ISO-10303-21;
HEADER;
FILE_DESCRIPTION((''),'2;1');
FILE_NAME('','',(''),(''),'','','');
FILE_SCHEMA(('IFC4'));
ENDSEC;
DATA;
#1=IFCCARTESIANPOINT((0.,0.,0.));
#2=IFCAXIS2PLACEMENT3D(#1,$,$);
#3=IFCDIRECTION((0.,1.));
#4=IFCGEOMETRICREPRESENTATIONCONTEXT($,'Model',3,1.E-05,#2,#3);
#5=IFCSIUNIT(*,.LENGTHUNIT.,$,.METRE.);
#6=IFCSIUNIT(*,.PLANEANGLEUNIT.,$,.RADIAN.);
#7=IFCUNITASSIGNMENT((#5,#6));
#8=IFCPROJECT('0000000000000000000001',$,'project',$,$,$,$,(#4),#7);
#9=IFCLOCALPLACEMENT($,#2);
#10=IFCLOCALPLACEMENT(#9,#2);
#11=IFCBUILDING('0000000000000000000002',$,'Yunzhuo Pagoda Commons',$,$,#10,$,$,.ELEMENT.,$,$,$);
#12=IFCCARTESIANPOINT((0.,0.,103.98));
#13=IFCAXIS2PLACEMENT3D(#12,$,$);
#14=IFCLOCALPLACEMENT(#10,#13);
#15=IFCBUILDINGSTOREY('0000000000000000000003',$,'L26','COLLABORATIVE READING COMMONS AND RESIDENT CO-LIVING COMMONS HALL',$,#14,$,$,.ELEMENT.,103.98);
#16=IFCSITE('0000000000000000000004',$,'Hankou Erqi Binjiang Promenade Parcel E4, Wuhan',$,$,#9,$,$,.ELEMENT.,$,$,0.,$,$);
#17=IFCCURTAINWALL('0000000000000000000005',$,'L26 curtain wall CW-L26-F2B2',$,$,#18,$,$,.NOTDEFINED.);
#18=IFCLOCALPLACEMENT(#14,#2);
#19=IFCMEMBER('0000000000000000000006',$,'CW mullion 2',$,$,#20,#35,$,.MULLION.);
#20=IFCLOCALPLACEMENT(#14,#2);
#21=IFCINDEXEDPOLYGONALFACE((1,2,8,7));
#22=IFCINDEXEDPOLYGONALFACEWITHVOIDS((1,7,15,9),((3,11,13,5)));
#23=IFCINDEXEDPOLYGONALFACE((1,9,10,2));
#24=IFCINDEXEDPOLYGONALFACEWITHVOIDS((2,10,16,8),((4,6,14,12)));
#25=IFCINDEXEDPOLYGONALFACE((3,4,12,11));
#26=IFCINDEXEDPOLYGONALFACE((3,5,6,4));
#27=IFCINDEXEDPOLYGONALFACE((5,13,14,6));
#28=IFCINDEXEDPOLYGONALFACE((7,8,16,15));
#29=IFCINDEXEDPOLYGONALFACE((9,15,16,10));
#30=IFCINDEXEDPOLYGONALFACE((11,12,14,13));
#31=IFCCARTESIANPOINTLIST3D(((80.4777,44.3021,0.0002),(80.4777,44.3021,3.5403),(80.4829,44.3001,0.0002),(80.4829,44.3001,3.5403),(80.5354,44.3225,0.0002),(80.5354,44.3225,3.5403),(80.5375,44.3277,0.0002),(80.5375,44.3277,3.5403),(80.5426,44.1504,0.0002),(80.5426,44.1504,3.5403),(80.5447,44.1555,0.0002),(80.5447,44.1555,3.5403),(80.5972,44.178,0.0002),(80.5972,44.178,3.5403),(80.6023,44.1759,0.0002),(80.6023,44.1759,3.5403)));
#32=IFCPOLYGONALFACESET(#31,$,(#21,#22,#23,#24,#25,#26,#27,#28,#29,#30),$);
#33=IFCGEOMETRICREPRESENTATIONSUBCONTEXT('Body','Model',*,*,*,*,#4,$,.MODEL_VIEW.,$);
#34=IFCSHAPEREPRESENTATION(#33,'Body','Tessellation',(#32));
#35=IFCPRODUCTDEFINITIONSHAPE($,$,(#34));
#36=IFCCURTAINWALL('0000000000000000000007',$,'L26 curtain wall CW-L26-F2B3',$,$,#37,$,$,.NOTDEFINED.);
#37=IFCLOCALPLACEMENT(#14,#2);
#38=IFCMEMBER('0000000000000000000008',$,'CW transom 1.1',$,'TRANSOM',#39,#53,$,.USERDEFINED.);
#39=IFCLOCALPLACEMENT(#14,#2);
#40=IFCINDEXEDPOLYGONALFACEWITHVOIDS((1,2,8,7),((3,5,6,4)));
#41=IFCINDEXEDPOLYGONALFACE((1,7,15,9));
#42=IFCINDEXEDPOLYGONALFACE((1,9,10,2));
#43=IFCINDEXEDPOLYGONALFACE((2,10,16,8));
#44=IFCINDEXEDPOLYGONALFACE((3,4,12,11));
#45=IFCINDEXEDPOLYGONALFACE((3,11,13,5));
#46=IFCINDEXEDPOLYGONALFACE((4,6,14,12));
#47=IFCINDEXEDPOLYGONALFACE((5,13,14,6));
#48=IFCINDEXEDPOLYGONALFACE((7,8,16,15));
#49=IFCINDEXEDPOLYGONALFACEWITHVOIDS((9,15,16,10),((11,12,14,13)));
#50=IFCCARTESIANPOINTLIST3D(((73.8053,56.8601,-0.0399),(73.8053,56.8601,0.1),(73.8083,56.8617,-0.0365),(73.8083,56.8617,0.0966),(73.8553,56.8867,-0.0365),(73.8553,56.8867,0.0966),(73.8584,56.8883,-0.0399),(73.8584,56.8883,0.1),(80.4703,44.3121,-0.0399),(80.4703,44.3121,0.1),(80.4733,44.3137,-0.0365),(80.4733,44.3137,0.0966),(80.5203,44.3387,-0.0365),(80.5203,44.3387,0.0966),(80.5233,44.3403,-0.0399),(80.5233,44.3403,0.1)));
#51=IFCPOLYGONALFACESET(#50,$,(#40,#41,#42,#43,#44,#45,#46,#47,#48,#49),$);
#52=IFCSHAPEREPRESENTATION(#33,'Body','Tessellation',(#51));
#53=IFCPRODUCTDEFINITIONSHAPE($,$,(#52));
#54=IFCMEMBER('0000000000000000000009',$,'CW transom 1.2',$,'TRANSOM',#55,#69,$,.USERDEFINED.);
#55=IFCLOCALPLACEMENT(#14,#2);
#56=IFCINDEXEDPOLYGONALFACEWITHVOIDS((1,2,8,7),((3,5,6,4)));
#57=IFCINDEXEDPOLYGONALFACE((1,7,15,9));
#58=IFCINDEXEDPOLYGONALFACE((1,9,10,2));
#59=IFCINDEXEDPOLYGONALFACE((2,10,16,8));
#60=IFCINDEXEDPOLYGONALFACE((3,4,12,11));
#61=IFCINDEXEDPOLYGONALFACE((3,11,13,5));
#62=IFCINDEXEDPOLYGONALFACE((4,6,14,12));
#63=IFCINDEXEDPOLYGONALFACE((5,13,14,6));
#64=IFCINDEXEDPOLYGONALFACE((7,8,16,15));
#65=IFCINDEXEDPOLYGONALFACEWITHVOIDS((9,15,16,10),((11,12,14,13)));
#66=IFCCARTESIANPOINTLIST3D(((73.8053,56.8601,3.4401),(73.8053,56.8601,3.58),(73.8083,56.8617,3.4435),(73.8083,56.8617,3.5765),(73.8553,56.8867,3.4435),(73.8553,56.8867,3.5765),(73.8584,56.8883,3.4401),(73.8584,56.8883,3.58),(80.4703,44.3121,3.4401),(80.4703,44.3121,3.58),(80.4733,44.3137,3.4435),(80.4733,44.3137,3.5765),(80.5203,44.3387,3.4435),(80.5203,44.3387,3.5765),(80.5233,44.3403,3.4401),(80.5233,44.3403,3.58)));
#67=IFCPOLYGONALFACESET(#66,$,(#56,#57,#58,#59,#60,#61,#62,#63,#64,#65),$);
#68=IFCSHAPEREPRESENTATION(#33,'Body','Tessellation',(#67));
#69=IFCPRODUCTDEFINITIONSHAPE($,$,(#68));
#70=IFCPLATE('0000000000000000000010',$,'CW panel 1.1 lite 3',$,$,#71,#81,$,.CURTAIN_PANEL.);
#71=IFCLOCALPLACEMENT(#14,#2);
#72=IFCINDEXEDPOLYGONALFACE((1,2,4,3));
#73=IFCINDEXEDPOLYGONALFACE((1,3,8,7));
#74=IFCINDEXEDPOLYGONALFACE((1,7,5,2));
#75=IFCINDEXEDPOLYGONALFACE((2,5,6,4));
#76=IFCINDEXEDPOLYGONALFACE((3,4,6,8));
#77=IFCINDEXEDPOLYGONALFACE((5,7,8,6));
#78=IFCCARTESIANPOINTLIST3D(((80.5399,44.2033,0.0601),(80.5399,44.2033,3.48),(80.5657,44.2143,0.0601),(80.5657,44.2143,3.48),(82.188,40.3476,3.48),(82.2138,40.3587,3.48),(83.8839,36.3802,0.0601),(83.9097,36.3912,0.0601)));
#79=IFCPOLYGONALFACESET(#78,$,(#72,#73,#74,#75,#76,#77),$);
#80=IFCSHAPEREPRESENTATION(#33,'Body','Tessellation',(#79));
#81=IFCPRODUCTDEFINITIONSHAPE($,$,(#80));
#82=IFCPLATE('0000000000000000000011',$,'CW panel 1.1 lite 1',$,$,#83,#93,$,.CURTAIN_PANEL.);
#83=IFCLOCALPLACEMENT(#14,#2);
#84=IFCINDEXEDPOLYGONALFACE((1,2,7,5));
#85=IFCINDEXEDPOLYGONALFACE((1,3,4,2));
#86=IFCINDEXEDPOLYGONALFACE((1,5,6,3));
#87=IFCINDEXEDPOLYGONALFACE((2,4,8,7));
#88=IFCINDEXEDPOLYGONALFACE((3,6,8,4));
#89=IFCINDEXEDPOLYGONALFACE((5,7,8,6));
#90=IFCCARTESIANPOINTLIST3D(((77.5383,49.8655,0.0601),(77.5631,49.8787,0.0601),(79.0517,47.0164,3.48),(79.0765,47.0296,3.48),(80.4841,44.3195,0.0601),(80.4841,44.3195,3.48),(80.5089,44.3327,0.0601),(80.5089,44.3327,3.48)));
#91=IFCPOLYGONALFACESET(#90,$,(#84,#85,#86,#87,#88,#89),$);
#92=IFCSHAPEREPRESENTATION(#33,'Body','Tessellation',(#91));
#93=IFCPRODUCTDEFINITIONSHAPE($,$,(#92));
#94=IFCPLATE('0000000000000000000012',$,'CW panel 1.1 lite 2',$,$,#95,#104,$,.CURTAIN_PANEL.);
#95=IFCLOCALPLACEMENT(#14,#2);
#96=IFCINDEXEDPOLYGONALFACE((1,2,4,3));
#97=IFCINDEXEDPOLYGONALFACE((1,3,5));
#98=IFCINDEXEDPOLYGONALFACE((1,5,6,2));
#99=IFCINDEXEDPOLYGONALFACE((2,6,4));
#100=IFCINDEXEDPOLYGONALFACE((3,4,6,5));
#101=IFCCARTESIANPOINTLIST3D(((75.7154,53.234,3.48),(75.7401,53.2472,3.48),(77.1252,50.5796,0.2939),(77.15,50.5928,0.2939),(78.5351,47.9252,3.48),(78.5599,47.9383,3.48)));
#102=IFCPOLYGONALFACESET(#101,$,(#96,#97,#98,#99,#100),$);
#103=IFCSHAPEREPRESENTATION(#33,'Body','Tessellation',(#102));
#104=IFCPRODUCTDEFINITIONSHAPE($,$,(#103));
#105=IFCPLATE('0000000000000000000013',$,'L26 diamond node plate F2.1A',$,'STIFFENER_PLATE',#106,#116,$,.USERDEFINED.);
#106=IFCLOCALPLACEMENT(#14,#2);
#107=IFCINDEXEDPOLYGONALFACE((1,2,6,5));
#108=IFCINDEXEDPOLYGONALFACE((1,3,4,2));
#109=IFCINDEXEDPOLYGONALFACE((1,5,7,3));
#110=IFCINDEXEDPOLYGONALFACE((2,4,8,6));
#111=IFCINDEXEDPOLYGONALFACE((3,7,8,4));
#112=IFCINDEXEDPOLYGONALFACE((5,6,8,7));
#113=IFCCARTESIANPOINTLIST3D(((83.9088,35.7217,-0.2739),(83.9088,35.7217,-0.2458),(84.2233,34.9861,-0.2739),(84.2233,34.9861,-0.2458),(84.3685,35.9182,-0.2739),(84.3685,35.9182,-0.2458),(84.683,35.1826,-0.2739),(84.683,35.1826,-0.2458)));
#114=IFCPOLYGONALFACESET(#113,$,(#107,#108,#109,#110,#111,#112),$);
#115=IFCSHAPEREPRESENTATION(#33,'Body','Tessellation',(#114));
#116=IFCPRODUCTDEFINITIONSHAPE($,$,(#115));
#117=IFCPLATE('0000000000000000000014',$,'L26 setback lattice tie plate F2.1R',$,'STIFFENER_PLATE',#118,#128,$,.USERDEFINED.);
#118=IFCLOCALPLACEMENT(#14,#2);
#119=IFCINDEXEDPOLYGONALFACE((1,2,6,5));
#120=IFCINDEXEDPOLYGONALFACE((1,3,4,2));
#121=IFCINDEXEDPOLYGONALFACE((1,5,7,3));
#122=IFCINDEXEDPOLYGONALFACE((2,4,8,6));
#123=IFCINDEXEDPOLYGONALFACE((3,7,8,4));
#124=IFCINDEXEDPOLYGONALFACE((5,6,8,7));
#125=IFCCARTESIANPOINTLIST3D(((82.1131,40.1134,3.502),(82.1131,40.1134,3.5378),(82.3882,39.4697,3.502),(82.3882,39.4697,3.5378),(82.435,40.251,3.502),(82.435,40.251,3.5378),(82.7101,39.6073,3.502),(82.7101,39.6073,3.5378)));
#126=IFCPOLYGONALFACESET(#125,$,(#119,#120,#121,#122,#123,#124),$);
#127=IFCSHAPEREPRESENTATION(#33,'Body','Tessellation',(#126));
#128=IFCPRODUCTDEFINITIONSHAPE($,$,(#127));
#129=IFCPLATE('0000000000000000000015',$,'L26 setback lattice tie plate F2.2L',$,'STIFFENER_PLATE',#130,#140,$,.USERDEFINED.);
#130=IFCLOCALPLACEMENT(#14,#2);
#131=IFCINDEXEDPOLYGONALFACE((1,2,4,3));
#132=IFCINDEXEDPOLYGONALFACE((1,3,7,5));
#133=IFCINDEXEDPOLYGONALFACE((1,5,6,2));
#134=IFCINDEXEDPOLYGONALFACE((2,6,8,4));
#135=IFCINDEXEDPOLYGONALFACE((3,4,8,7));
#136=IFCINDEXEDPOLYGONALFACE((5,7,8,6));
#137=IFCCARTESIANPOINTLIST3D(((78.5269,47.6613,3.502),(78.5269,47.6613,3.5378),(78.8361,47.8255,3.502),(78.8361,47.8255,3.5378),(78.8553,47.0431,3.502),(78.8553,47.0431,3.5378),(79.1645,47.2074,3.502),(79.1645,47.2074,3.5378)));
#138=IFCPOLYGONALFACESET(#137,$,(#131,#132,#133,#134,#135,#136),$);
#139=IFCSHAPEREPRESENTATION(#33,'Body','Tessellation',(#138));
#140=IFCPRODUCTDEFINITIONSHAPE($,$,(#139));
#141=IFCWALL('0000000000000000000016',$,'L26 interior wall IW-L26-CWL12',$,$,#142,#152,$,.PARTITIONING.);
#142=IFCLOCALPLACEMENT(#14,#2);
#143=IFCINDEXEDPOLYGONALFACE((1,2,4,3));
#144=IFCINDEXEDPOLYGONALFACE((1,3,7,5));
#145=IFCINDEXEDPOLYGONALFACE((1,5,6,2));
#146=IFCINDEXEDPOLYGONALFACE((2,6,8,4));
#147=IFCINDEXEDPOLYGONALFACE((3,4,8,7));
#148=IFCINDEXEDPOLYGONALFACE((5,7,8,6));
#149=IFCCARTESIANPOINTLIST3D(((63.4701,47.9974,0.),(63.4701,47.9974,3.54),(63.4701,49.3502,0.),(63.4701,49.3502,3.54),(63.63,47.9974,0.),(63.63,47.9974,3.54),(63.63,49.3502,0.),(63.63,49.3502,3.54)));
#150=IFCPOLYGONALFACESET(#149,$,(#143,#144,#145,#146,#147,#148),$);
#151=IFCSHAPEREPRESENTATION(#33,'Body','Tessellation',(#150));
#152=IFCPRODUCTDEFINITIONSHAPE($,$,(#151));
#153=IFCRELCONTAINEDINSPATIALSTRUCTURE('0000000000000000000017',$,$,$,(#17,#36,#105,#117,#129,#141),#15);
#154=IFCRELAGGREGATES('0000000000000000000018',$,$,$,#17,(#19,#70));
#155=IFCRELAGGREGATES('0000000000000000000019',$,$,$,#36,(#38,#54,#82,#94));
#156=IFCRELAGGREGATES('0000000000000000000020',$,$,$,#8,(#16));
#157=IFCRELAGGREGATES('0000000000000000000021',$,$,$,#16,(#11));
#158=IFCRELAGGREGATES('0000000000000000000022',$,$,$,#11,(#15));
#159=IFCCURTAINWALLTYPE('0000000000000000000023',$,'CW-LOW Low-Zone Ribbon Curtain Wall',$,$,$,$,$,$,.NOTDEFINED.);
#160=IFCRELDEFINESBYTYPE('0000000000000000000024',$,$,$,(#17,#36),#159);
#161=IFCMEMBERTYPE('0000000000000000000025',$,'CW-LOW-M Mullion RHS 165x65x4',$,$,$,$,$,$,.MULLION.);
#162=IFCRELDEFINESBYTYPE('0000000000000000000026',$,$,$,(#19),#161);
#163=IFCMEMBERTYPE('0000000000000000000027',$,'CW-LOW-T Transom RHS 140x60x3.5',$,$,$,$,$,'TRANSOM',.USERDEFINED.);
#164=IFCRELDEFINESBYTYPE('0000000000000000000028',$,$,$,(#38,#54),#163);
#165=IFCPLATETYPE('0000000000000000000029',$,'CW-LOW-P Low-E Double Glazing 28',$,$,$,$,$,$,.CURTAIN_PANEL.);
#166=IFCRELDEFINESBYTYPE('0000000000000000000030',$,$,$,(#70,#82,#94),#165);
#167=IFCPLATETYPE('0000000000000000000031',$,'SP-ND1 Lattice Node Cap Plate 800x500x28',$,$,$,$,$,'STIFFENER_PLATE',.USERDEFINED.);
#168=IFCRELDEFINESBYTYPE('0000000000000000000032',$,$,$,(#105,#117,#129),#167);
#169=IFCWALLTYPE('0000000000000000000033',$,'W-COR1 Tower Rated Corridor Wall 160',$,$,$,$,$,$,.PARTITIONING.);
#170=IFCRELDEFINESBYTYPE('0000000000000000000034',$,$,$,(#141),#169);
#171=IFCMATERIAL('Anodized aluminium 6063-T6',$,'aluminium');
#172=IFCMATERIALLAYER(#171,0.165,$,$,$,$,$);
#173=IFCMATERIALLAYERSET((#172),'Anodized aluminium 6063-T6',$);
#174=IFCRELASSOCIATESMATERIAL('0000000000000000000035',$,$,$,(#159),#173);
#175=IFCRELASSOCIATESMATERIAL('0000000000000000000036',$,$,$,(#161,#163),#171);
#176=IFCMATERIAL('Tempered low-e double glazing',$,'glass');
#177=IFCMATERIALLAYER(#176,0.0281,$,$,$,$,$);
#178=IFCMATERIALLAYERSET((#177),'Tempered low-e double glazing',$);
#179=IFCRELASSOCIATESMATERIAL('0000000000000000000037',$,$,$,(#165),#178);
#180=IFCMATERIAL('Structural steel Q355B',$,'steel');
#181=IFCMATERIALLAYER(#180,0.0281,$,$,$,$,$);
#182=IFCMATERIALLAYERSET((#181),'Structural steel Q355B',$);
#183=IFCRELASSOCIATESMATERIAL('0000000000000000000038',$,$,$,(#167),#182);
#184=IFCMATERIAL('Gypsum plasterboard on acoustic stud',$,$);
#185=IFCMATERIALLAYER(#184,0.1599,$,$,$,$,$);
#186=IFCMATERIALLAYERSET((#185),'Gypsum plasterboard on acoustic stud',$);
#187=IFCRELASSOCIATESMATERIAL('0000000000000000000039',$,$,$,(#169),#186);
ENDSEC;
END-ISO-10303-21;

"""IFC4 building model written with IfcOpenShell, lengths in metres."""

from ifc_helpers import new_model, si_unit, direction, frame, frame_2d, origin, origin_2d, place, context, subcontext, project, spatial, polyline, rectangle, hollow_rectangle, outline, extrude, source, transform, mapped, material, layer, layer_set, material_profile, profile_set, type_object, element, aggregate, save


model = new_model("IFC4")

# Units and contexts
model_context = context("Model", 3, precision=1e-05, world=origin(), true_north=direction((0.0, 1.0)))
body_context = subcontext(model_context, "Body", "Model", "MODEL_VIEW")
ifc_project = project(units=[si_unit("LENGTHUNIT", "METRE"), si_unit("PLANEANGLEUNIT", "RADIAN")], contexts=[model_context])

# Site, building, storey
site_placement = place(None, origin())
site = spatial("IfcSite", under=ifc_project, at=site_placement, Name="Hankou Erqi Binjiang Promenade Parcel E4, Wuhan", CompositionType="ELEMENT", RefElevation=0.0)
building_placement = place(site_placement, origin())
building = spatial("IfcBuilding", under=site, at=building_placement, Name="Yunzhuo Pagoda Commons", CompositionType="ELEMENT")
storey_placement = place(building_placement, frame((0.0, 0.0, 103.98)))
storey = spatial("IfcBuildingStorey", under=building, at=storey_placement, Name="L26", Description="COLLABORATIVE READING COMMONS AND RESIDENT CO-LIVING COMMONS HALL", CompositionType="ELEMENT", Elevation=103.98)

# Shared definitions
ifc_material_1 = material(Name="Structural steel Q355B", Category="steel")

# Curtain wall, member
ifc_material_2 = material(Name="Anodized aluminium 6063-T6", Category="aluminium")
ifc_layer_1 = layer(ifc_material_2, 0.165)
ifc_layer_set_1 = layer_set([ifc_layer_1], Name="Anodized aluminium 6063-T6")
curtain_wall_type = type_object("IfcCurtainWallType", Name="CW-LOW Low-Zone Ribbon Curtain Wall", PredefinedType="NOTDEFINED", material=ifc_layer_set_1)
curtain_wall_1_placement = place(storey_placement, origin())
curtain_wall_1 = element("IfcCurtainWall", 1, at=curtain_wall_1_placement, inside=storey, type_object=curtain_wall_type, Name="L26 curtain wall CW-L26-F2B2", PredefinedType="NOTDEFINED")
ifc_material_profile_1 = material_profile(ifc_material_2, hollow_rectangle(XDim=0.0649, YDim=0.165, WallThickness=0.0039, at=origin_2d()), Name="Anodized aluminium 6063-T6")
ifc_profile_set_1 = profile_set([ifc_material_profile_1], Name="Anodized aluminium 6063-T6")
member_type_1 = type_object("IfcMemberType", Name="CW-LOW-M Mullion RHS 165x65x4", PredefinedType="MULLION", material=ifc_profile_set_1)
shared_shape_1 = source(origin(), body_context, "Body", "SweptSolid", [
    extrude(hollow_rectangle(XDim=0.0649, YDim=0.165, WallThickness=0.0039, at=origin_2d()), origin(), (0.0, 0.0, 1.0), 3.54),
])
member_1_placement = place(storey_placement, frame((80.54, 44.239, 0.0002), z_axis=(0.0, 0.0, 1.0), x_axis=(-0.919516, -0.393052, 0.0)))
member_1 = element("IfcMember", 2, at=member_1_placement, type_object=member_type_1, Name="CW mullion 2", PredefinedType="MULLION", context=body_context, shape_type="MappedRepresentation", body=[
    mapped(shared_shape_1, transform((0.0, 0.0, 0.0), scale=1.0)),
])

# Curtain wall, members
curtain_wall_2_placement = place(storey_placement, origin())
curtain_wall_2 = element("IfcCurtainWall", 3, at=curtain_wall_2_placement, inside=storey, type_object=curtain_wall_type, Name="L26 curtain wall CW-L26-F2B3", PredefinedType="NOTDEFINED")
ifc_material_profile_2 = material_profile(ifc_material_2, hollow_rectangle(XDim=0.0601, YDim=0.1399, WallThickness=0.0034, at=origin_2d()), Name="Anodized aluminium 6063-T6")
ifc_profile_set_2 = profile_set([ifc_material_profile_2], Name="Anodized aluminium 6063-T6")
member_type_2 = type_object("IfcMemberType", Name="CW-LOW-T Transom RHS 140x60x3.5", ElementType="TRANSOM", PredefinedType="USERDEFINED", material=ifc_profile_set_2)
shared_shape_2 = source(origin(), body_context, "Body", "SweptSolid", [
    extrude(hollow_rectangle(XDim=0.0601, YDim=0.1399, WallThickness=0.0034, at=origin_2d()), origin(), (0.0, 0.0, 1.0), 14.2083),
])
member_2_placement = place(storey_placement, frame((80.4968, 44.3262, 0.03), z_axis=(-0.469093, 0.883149, 0.0), x_axis=(-0.883149, -0.469093, 0.0)))
member_2 = element("IfcMember", 4, at=member_2_placement, type_object=member_type_2, Name="CW transom 1.1", ObjectType="TRANSOM", PredefinedType="USERDEFINED", context=body_context, shape_type="MappedRepresentation", body=[
    mapped(shared_shape_2, transform((0.0, 0.0, 0.0), scale=1.0)),
])
member_3_placement = place(storey_placement, frame((80.4968, 44.3262, 3.51), z_axis=(-0.469093, 0.883149, 0.0), x_axis=(-0.883149, -0.469093, 0.0)))
member_3 = element("IfcMember", 5, at=member_3_placement, type_object=member_type_2, Name="CW transom 1.2", ObjectType="TRANSOM", PredefinedType="USERDEFINED", context=body_context, shape_type="MappedRepresentation", body=[
    mapped(shared_shape_2, transform((0.0, 0.0, 0.0), scale=1.0)),
])

# Plates
ifc_material_3 = material(Name="Tempered low-e double glazing", Category="glass")
ifc_layer_2 = layer(ifc_material_3, 0.0281)
ifc_layer_set_2 = layer_set([ifc_layer_2], Name="Tempered low-e double glazing")
plate_type_1 = type_object("IfcPlateType", Name="CW-LOW-P Low-E Double Glazing 28", PredefinedType="CURTAIN_PANEL", material=ifc_layer_set_2)
plate_1_placement = place(storey_placement, frame((82.2119, 40.2917, 1.77), z_axis=(0.919516, 0.393052, 0.0), x_axis=(-0.393052, 0.919516, 0.0)))
plate_1 = element("IfcPlate", 6, at=plate_1_placement, type_object=plate_type_1, Name="CW panel 1.1 lite 3", PredefinedType="CURTAIN_PANEL", context=body_context, shape_type="SweptSolid", body=[
    extrude(outline(polyline([(-4.2539, -1.71), (4.2539, -1.71), (4.2539, 1.71), (0.0608, 1.71), (-4.2539, -1.71)])), origin(), (0.0, 0.0, 1.0), 0.0281),
])
aggregate(curtain_wall_1, [member_1, plate_1])
plate_2_placement = place(storey_placement, frame((79.0112, 47.0925, 1.77), z_axis=(0.883152, 0.469086, 0.0), x_axis=(-0.469086, 0.883152, 0.0)))
plate_2 = element("IfcPlate", 7, at=plate_2_placement, type_object=plate_type_1, Name="CW panel 1.1 lite 1", PredefinedType="CURTAIN_PANEL", context=body_context, shape_type="SweptSolid", body=[
    extrude(outline(polyline([(-3.1399, -1.71), (3.1399, -1.71), (-0.0862, 1.71), (-3.1399, 1.71), (-3.1399, -1.71)])), origin(), (0.0, 0.0, 1.0), 0.0281),
])
plate_3_placement = place(storey_placement, frame((77.1252, 50.5796, 1.887), z_axis=(0.883152, 0.469086, 0.0), x_axis=(-0.469086, 0.883152, 0.0)))
plate_3 = element("IfcPlate", 8, at=plate_3_placement, type_object=plate_type_1, Name="CW panel 1.1 lite 2", PredefinedType="CURTAIN_PANEL", context=body_context, shape_type="SweptSolid", body=[
    extrude(outline(polyline([(-3.0056, 1.593), (0.0, -1.593), (3.0056, 1.593), (-3.0056, 1.593)])), origin(), (0.0, 0.0, 1.0), 0.0281),
])
aggregate(curtain_wall_2, [member_2, member_3, plate_2, plate_3])

# Plates
ifc_layer_3 = layer(ifc_material_1, 0.0281)
ifc_layer_set_3 = layer_set([ifc_layer_3], Name="Structural steel Q355B")
plate_type_2 = type_object("IfcPlateType", Name="SP-ND1 Lattice Node Cap Plate 800x500x28", ElementType="STIFFENER_PLATE", PredefinedType="USERDEFINED", material=ifc_layer_set_3)
shared_shape_3 = source(origin(), body_context, "Body", "SweptSolid", [
    extrude(rectangle(XDim=0.8, YDim=0.5, at=origin_2d()), origin(), (0.0, 0.0, 1.0), 0.0281),
])
plate_4_placement = place(storey_placement, frame((84.2959, 35.4521, -0.2739), z_axis=(0.0, 0.0, 1.0), x_axis=(-0.393059, 0.919513, 0.0)))
element("IfcPlate", 9, at=plate_4_placement, inside=storey, type_object=plate_type_2, Name="L26 diamond node plate F2.1A", ObjectType="STIFFENER_PLATE", PredefinedType="USERDEFINED", context=body_context, shape_type="MappedRepresentation", body=[
    mapped(shared_shape_3, transform((0.0, 0.0, 0.0), scale=1.0)),
])
shared_shape_4 = source(origin(), body_context, "Body", "SweptSolid", [
    extrude(rectangle(XDim=0.7, YDim=0.3501, at=origin_2d()), origin(), (0.0, 0.0, 1.0), 0.0359),
])
for number, where, z_axis, x_axis, name in (
    (10, (82.4116, 39.8604, 3.502), (0.0, 0.0, 1.0), (-0.393059, 0.919513, 0.0), "L26 setback lattice tie plate F2.1R"),
    (11, (78.8457, 47.4343, 3.502), (0.0, 0.0, 1.0), (-0.469086, 0.883152, 0.0), "L26 setback lattice tie plate F2.2L"),
):
    element("IfcPlate", number, at=place(storey_placement, frame(where, z_axis=z_axis, x_axis=x_axis)), inside=storey, type_object=plate_type_2, Name=name, ObjectType="STIFFENER_PLATE", PredefinedType="USERDEFINED", context=body_context, shape_type="MappedRepresentation", body=[
        mapped(shared_shape_4, transform((0.0, 0.0, 0.0), scale=1.0)),
    ])

# Wall
ifc_material_4 = material(Name="Gypsum plasterboard on acoustic stud")
ifc_layer_4 = layer(ifc_material_4, 0.1599)
ifc_layer_set_4 = layer_set([ifc_layer_4], Name="Gypsum plasterboard on acoustic stud")
wall_type_1 = type_object("IfcWallType", Name="W-COR1 Tower Rated Corridor Wall 160", PredefinedType="PARTITIONING", material=ifc_layer_set_4)
wall_1_placement = place(storey_placement, frame((63.55, 49.3501, 0.0), z_axis=(0.0, 0.0, 1.0), x_axis=(0.0, -1.0, 0.0)))
element("IfcWall", 12, at=wall_1_placement, inside=storey, type_object=wall_type_1, Name="L26 interior wall IW-L26-CWL12", PredefinedType="PARTITIONING", context=body_context, shape_type="SweptSolid", body=[
    extrude(rectangle(XDim=1.3528, YDim=0.1599, at=frame_2d((0.6763, 0.0))), origin(), (0.0, 0.0, 1.0), 3.54),
])

save(model, "model.ifc")
